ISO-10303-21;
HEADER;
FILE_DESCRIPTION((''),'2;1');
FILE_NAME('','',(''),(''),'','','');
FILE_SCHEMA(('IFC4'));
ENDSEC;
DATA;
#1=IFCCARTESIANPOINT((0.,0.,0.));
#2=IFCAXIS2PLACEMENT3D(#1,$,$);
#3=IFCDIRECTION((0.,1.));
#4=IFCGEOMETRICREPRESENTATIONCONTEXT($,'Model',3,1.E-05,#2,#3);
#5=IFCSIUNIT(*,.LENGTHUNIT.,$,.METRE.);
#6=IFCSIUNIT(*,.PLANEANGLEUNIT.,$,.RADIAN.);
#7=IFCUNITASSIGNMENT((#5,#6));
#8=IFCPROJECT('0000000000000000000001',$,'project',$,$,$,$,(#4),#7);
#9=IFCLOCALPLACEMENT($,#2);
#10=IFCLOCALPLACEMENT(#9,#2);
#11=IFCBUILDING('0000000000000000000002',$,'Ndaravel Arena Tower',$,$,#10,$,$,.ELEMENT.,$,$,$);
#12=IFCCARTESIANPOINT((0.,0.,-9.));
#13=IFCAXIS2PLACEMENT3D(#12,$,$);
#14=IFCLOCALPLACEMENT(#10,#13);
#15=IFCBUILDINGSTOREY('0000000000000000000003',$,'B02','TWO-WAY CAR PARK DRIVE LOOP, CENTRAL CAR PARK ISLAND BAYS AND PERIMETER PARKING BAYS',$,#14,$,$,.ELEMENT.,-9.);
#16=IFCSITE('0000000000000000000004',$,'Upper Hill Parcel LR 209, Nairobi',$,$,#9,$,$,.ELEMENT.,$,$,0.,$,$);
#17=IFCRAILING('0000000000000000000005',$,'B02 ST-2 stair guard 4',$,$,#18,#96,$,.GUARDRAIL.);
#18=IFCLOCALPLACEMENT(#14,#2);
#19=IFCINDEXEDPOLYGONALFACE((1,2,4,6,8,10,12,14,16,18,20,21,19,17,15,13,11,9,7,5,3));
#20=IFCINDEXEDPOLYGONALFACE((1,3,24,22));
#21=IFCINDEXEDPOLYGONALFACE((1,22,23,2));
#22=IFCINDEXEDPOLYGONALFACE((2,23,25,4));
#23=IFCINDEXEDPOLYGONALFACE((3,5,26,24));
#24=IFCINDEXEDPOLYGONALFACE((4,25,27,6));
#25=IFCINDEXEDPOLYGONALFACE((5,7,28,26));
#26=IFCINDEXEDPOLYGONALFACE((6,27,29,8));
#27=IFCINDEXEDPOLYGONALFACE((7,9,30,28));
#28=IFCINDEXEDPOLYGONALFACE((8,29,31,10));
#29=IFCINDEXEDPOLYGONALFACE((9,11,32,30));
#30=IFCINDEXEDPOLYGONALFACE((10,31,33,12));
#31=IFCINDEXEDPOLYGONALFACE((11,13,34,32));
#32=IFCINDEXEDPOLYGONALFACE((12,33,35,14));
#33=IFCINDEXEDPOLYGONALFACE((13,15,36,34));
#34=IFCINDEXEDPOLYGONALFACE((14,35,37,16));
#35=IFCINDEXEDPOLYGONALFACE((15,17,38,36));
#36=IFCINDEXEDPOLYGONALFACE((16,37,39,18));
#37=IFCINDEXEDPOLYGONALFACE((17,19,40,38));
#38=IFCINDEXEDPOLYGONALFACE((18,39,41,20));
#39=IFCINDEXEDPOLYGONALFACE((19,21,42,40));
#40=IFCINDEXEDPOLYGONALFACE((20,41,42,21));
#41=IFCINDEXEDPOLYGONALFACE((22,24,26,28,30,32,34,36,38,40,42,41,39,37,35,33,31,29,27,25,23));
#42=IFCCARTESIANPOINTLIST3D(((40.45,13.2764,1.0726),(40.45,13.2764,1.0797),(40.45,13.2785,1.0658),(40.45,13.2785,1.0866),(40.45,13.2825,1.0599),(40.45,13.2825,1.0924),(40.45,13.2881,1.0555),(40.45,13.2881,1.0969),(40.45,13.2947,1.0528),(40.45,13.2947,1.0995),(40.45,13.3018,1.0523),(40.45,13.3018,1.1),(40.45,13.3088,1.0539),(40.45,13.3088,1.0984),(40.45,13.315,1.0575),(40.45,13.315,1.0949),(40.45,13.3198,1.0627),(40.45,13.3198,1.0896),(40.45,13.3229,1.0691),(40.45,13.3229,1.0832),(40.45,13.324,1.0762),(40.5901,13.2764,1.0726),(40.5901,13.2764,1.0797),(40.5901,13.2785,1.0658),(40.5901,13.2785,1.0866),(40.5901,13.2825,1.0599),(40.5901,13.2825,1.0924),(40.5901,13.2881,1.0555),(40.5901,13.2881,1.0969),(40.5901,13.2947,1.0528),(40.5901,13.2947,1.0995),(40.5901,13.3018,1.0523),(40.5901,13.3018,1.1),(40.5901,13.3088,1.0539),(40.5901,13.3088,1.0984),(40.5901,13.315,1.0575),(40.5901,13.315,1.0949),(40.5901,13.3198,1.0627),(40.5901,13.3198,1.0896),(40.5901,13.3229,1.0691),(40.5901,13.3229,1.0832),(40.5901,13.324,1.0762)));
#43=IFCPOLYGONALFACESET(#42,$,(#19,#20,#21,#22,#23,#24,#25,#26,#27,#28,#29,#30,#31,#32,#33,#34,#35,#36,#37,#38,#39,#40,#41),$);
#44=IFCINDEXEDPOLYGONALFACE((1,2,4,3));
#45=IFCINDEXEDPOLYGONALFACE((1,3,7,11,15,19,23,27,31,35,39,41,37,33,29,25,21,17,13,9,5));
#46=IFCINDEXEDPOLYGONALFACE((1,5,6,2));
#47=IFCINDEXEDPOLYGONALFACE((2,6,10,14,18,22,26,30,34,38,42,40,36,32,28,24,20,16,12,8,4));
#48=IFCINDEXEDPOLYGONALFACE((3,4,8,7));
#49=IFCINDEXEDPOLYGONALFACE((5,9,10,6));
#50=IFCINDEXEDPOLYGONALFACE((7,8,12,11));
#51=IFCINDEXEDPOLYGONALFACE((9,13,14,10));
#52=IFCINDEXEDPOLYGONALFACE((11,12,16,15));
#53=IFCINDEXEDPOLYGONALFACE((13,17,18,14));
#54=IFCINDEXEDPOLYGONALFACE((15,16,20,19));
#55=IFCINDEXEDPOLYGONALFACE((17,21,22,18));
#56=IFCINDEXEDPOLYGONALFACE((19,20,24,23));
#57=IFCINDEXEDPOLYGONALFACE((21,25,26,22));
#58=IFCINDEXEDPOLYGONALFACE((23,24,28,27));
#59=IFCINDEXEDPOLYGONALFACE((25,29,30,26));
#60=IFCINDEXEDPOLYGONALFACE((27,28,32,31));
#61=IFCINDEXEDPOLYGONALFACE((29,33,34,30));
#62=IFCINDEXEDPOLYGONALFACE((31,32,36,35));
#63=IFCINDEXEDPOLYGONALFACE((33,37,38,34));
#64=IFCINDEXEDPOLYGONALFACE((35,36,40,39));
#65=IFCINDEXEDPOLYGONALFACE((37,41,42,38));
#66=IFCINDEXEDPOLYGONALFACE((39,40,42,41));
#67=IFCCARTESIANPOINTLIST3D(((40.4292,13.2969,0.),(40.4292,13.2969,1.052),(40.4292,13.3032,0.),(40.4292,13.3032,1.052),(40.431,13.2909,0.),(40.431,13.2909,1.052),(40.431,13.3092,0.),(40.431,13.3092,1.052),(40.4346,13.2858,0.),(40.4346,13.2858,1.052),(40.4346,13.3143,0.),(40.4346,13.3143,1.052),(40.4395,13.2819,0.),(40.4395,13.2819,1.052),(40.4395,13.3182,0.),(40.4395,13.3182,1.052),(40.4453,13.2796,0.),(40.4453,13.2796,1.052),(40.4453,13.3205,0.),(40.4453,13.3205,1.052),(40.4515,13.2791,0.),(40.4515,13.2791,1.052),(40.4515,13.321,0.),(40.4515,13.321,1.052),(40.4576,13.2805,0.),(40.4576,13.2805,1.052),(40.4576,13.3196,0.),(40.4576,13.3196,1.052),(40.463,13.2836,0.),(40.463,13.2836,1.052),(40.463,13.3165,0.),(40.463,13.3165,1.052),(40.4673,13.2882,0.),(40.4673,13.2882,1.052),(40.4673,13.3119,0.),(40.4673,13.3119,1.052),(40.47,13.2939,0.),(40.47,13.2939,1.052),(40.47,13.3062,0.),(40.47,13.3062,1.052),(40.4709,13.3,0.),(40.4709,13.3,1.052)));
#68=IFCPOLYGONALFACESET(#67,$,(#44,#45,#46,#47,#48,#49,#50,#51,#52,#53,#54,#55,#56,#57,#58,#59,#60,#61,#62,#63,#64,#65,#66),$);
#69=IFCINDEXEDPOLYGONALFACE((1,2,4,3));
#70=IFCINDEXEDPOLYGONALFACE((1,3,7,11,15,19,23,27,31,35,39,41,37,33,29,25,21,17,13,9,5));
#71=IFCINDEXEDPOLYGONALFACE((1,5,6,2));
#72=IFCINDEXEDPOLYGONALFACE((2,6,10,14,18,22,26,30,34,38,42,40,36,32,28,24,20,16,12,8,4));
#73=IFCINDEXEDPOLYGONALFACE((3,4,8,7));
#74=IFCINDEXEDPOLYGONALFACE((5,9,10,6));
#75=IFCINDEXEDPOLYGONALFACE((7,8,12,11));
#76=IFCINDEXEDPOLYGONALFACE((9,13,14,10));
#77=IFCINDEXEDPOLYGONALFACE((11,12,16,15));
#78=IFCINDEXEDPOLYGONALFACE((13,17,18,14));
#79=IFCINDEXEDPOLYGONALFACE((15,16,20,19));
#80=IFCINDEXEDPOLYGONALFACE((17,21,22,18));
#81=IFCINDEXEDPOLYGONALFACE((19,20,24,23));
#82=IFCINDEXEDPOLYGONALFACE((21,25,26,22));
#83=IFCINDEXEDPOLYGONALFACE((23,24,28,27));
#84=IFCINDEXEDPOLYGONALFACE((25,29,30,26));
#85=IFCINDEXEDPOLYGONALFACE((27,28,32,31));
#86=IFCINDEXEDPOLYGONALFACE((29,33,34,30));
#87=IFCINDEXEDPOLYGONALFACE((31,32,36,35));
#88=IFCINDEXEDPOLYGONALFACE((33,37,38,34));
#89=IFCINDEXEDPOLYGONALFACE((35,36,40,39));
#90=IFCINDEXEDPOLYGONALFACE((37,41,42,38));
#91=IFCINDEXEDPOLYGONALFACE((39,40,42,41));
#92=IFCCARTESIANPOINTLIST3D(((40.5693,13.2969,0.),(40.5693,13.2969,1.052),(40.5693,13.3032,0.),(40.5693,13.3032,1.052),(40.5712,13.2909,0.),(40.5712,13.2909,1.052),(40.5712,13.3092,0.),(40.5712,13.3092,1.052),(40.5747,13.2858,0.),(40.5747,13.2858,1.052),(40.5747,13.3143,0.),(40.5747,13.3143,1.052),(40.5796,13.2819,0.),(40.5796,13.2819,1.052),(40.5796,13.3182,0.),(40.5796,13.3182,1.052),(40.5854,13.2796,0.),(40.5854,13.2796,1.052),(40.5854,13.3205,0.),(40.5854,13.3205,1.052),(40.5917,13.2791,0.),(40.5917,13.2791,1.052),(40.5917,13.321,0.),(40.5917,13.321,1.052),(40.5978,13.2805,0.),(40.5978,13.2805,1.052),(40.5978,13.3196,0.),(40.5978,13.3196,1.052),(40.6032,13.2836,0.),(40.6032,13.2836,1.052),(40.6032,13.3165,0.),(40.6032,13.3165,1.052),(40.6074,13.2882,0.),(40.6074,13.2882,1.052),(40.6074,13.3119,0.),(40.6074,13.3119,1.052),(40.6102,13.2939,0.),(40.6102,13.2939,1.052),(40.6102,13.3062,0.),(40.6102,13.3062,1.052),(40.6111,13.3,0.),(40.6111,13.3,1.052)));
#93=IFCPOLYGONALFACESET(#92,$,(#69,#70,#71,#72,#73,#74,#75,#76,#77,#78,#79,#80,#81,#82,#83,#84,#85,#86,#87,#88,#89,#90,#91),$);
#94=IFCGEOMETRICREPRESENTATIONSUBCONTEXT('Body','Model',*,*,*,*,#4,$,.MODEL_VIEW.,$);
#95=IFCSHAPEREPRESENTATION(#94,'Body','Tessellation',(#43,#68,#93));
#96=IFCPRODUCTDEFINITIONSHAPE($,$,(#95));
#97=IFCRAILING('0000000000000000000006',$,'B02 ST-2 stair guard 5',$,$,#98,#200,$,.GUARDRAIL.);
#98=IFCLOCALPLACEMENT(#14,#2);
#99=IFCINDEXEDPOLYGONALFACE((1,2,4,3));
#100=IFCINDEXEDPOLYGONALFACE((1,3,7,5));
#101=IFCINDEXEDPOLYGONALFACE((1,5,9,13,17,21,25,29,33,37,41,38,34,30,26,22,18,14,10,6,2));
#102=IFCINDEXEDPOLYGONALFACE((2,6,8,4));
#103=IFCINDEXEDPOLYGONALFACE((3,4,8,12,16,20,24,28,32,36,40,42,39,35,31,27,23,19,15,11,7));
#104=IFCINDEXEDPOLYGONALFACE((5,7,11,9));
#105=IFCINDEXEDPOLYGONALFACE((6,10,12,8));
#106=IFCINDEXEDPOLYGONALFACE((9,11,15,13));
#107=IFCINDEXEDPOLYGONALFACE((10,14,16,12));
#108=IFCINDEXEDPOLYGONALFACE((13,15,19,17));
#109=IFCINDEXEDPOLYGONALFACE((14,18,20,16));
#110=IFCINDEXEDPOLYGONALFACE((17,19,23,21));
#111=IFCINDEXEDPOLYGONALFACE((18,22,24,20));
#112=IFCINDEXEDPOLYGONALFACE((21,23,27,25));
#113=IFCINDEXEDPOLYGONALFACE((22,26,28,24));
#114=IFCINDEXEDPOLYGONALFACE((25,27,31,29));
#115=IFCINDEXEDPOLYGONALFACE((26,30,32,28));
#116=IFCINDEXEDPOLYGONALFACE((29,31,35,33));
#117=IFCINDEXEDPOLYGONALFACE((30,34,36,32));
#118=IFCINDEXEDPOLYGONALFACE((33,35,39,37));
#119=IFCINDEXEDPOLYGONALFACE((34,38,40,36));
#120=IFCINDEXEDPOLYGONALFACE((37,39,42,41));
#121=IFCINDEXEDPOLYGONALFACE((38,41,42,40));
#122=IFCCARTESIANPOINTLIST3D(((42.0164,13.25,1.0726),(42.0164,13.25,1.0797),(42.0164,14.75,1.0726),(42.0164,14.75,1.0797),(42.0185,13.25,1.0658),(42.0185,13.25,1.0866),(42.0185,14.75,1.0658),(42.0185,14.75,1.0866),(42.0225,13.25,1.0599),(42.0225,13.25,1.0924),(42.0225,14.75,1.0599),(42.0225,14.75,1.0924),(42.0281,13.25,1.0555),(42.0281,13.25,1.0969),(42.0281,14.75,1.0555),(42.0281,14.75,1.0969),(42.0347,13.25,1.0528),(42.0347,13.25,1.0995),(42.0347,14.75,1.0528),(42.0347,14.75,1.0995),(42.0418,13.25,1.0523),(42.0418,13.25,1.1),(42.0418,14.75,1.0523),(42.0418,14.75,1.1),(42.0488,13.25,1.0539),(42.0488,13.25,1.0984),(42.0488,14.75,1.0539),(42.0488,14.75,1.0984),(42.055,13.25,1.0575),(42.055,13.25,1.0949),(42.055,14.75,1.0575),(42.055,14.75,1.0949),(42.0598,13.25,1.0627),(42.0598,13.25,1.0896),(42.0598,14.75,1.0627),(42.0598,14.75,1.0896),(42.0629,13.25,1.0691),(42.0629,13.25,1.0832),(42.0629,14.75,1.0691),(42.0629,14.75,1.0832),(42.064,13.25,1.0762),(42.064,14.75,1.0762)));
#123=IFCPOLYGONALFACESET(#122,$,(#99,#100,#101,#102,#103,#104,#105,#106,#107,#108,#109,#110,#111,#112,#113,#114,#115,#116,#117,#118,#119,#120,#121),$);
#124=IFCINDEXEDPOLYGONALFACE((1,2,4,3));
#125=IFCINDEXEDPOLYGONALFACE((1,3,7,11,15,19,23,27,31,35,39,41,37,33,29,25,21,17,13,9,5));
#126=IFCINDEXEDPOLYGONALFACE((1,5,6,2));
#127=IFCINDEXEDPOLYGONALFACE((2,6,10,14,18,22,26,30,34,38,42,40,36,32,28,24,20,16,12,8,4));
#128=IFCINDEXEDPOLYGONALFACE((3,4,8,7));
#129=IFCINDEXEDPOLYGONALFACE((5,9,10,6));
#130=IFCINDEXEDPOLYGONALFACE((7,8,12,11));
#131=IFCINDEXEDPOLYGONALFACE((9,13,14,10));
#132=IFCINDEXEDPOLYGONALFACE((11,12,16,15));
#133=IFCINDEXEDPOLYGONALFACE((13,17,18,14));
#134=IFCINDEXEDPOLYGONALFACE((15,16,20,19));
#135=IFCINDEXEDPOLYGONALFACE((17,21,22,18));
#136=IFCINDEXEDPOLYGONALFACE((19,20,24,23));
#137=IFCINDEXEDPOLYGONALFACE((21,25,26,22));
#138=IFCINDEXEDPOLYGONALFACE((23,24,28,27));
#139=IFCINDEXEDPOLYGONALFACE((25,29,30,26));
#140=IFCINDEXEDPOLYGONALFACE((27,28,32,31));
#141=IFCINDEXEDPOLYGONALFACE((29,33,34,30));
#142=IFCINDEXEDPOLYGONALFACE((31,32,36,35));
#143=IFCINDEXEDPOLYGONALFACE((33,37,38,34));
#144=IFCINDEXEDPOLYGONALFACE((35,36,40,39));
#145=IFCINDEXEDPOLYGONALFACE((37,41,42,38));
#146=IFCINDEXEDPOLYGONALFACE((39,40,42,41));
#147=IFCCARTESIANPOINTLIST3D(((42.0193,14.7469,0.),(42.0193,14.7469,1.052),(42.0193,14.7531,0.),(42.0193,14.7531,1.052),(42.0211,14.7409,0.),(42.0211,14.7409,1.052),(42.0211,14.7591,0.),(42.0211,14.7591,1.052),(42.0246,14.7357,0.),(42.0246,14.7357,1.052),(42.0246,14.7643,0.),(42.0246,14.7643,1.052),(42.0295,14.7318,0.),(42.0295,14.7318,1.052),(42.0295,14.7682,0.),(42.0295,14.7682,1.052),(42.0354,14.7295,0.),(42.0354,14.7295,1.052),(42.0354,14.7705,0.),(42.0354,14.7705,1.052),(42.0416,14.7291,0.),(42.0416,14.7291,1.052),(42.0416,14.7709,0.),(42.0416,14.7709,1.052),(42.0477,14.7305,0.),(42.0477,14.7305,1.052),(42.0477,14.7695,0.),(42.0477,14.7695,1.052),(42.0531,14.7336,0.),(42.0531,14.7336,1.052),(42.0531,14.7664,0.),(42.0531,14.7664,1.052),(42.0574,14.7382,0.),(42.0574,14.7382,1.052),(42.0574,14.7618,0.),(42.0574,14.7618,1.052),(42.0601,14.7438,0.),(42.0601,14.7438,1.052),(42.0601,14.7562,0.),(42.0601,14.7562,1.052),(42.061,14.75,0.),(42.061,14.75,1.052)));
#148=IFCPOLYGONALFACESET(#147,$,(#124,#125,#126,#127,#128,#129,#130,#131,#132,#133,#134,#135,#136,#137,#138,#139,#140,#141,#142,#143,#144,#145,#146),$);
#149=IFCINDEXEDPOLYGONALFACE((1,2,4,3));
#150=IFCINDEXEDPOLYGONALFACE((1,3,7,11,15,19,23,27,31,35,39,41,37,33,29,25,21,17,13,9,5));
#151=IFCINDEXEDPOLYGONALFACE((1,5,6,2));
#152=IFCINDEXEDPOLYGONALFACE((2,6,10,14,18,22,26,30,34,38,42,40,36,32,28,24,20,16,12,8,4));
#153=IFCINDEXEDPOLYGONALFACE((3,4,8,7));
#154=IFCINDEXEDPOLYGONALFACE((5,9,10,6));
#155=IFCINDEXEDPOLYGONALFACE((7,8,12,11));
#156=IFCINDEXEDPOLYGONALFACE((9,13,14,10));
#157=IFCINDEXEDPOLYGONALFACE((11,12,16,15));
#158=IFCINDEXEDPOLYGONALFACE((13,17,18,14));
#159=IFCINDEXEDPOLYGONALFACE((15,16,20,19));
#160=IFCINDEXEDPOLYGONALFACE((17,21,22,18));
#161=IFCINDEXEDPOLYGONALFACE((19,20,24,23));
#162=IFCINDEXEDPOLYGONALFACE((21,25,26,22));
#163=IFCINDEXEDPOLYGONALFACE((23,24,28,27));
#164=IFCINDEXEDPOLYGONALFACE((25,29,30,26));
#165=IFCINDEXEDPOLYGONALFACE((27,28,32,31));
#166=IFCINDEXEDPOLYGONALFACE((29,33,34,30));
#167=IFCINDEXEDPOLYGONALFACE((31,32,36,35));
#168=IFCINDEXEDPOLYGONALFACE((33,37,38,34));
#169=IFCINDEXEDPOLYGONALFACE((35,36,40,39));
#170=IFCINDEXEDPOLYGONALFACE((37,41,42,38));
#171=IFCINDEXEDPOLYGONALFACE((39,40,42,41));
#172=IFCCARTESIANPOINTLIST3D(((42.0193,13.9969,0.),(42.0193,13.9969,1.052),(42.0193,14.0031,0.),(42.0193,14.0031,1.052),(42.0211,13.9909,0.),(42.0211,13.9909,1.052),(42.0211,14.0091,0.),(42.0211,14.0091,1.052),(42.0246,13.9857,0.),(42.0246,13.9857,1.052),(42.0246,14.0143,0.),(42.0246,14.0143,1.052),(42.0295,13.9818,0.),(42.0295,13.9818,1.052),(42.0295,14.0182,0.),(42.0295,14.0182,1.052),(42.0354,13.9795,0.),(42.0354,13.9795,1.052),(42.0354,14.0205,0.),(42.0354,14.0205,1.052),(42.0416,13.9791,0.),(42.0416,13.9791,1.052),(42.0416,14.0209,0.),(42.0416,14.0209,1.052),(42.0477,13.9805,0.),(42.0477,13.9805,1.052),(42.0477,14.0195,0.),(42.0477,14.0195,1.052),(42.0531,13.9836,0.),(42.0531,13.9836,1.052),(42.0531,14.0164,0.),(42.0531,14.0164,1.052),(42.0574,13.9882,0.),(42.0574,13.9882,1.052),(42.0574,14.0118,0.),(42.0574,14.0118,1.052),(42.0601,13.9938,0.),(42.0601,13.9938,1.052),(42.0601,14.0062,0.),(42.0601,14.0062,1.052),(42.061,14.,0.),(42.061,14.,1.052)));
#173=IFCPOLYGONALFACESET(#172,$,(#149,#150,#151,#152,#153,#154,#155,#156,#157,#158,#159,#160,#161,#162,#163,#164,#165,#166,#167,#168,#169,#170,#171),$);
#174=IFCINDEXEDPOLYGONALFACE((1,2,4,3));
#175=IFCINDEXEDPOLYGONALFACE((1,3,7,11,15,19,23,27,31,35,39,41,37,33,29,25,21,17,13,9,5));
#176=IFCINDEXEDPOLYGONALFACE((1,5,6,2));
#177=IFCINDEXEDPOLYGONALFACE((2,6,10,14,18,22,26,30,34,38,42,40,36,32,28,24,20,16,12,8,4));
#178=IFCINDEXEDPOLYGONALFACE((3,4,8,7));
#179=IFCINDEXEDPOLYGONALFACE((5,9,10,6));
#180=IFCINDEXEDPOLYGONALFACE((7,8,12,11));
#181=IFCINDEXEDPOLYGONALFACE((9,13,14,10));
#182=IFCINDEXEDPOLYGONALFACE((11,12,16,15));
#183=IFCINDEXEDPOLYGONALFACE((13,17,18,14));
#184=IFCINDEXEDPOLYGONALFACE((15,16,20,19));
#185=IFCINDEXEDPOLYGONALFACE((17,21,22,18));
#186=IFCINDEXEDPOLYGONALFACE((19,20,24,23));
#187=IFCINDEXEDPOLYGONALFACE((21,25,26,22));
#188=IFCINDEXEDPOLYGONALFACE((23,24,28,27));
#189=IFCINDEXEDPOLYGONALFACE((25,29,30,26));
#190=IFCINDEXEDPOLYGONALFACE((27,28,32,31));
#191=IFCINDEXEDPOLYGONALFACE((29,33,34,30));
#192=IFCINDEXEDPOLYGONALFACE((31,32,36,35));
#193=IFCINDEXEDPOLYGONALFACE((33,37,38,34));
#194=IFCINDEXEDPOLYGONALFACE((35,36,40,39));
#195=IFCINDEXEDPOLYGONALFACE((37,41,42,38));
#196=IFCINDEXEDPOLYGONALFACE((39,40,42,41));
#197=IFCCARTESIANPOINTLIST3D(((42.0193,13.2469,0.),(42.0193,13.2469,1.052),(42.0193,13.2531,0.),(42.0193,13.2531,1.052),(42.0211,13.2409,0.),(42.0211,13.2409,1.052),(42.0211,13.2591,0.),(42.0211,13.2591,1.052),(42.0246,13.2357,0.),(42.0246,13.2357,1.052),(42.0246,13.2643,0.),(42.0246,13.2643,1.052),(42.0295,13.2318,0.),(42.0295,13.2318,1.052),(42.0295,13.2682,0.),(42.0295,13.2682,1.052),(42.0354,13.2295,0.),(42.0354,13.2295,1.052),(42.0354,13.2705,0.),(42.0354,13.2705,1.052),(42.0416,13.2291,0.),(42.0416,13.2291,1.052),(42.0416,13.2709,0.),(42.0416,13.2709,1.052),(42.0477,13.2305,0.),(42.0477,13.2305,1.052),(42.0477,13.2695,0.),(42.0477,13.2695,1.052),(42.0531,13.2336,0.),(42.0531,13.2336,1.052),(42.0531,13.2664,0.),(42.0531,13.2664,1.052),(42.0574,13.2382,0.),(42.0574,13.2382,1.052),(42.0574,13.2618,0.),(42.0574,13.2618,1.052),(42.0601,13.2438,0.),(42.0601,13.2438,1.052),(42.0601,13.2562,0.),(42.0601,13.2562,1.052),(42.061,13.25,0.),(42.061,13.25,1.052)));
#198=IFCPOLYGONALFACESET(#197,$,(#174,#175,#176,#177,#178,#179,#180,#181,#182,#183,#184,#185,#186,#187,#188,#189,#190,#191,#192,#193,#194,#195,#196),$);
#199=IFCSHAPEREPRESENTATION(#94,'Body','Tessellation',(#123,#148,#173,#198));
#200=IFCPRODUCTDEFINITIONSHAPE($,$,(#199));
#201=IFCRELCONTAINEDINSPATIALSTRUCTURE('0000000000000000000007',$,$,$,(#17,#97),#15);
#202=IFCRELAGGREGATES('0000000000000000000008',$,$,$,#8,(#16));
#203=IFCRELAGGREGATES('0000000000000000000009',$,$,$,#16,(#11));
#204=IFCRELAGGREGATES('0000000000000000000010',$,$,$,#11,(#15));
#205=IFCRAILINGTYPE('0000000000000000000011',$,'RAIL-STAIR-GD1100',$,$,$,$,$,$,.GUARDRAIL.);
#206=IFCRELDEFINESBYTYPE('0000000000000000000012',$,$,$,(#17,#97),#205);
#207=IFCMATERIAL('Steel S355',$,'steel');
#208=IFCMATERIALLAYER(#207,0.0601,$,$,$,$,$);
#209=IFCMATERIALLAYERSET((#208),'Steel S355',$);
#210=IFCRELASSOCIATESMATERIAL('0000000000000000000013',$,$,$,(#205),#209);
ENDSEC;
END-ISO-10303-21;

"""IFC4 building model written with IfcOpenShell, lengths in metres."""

from ifc_helpers import new_model, si_unit, direction, frame, origin, origin_2d, place, context, subcontext, project, spatial, circle, extrude, material, layer, layer_set, type_object, element, save


model = new_model("IFC4")

# Units and contexts
model_context = context("Model", 3, precision=1e-05, world=origin(), true_north=direction((0.0, 1.0)))
body_context = subcontext(model_context, "Body", "Model", "MODEL_VIEW")
ifc_project = project(units=[si_unit("LENGTHUNIT", "METRE"), si_unit("PLANEANGLEUNIT", "RADIAN")], contexts=[model_context])

# Site, building, storey
site_placement = place(None, origin())
site = spatial("IfcSite", under=ifc_project, at=site_placement, Name="Upper Hill Parcel LR 209, Nairobi", CompositionType="ELEMENT", RefElevation=0.0)
building_placement = place(site_placement, origin())
building = spatial("IfcBuilding", under=site, at=building_placement, Name="Ndaravel Arena Tower", CompositionType="ELEMENT")
storey_placement = place(building_placement, frame((0.0, 0.0, -9.0)))
storey = spatial("IfcBuildingStorey", under=building, at=storey_placement, Name="B02", Description="TWO-WAY CAR PARK DRIVE LOOP, CENTRAL CAR PARK ISLAND BAYS AND PERIMETER PARKING BAYS", CompositionType="ELEMENT", Elevation=-9.0)

# Railings
ifc_material_1 = material(Name="Steel S355", Category="steel")
ifc_layer_1 = layer(ifc_material_1, 0.0601)
ifc_layer_set_1 = layer_set([ifc_layer_1], Name="Steel S355")
railing_type_1 = type_object("IfcRailingType", Name="RAIL-STAIR-GD1100", PredefinedType="GUARDRAIL", material=ifc_layer_set_1)
railing_1_placement = place(storey_placement, frame((40.45, 13.3, 0.0)))
element("IfcRailing", 1, at=railing_1_placement, inside=storey, type_object=railing_type_1, Name="B02 ST-2 stair guard 4", PredefinedType="GUARDRAIL", context=body_context, shape_type="SweptSolid", body=[
    extrude(circle(Radius=0.0239, at=origin_2d()), frame((0.0, 0.0, 1.0762), z_axis=(1.0, 0.0, 0.0), x_axis=(0.0, 1.0, 0.0)), (0.0, 0.0, 1.0), 0.1401),
    extrude(circle(Radius=0.021, at=origin_2d()), origin(), (0.0, 0.0, 1.0), 1.052),
    extrude(circle(Radius=0.021, at=origin_2d()), frame((0.1401, 0.0, 0.0)), (0.0, 0.0, 1.0), 1.052),
])
railing_2_placement = place(storey_placement, frame((42.04, 14.75, 0.0)))
element("IfcRailing", 2, at=railing_2_placement, inside=storey, type_object=railing_type_1, Name="B02 ST-2 stair guard 5", PredefinedType="GUARDRAIL", context=body_context, shape_type="SweptSolid", body=[
    extrude(circle(Radius=0.0239, at=origin_2d()), frame((0.0, 0.0, 1.0762), z_axis=(0.0, -1.0, 0.0), x_axis=(1.0, 0.0, 0.0)), (0.0, 0.0, 1.0), 1.5),
    extrude(circle(Radius=0.021, at=origin_2d()), origin(), (0.0, 0.0, 1.0), 1.052),
    extrude(circle(Radius=0.021, at=origin_2d()), frame((0.0, -0.75, 0.0)), (0.0, 0.0, 1.0), 1.052),
    extrude(circle(Radius=0.021, at=origin_2d()), frame((0.0, -1.5, 0.0)), (0.0, 0.0, 1.0), 1.052),
])

save(model, "model.ifc")
